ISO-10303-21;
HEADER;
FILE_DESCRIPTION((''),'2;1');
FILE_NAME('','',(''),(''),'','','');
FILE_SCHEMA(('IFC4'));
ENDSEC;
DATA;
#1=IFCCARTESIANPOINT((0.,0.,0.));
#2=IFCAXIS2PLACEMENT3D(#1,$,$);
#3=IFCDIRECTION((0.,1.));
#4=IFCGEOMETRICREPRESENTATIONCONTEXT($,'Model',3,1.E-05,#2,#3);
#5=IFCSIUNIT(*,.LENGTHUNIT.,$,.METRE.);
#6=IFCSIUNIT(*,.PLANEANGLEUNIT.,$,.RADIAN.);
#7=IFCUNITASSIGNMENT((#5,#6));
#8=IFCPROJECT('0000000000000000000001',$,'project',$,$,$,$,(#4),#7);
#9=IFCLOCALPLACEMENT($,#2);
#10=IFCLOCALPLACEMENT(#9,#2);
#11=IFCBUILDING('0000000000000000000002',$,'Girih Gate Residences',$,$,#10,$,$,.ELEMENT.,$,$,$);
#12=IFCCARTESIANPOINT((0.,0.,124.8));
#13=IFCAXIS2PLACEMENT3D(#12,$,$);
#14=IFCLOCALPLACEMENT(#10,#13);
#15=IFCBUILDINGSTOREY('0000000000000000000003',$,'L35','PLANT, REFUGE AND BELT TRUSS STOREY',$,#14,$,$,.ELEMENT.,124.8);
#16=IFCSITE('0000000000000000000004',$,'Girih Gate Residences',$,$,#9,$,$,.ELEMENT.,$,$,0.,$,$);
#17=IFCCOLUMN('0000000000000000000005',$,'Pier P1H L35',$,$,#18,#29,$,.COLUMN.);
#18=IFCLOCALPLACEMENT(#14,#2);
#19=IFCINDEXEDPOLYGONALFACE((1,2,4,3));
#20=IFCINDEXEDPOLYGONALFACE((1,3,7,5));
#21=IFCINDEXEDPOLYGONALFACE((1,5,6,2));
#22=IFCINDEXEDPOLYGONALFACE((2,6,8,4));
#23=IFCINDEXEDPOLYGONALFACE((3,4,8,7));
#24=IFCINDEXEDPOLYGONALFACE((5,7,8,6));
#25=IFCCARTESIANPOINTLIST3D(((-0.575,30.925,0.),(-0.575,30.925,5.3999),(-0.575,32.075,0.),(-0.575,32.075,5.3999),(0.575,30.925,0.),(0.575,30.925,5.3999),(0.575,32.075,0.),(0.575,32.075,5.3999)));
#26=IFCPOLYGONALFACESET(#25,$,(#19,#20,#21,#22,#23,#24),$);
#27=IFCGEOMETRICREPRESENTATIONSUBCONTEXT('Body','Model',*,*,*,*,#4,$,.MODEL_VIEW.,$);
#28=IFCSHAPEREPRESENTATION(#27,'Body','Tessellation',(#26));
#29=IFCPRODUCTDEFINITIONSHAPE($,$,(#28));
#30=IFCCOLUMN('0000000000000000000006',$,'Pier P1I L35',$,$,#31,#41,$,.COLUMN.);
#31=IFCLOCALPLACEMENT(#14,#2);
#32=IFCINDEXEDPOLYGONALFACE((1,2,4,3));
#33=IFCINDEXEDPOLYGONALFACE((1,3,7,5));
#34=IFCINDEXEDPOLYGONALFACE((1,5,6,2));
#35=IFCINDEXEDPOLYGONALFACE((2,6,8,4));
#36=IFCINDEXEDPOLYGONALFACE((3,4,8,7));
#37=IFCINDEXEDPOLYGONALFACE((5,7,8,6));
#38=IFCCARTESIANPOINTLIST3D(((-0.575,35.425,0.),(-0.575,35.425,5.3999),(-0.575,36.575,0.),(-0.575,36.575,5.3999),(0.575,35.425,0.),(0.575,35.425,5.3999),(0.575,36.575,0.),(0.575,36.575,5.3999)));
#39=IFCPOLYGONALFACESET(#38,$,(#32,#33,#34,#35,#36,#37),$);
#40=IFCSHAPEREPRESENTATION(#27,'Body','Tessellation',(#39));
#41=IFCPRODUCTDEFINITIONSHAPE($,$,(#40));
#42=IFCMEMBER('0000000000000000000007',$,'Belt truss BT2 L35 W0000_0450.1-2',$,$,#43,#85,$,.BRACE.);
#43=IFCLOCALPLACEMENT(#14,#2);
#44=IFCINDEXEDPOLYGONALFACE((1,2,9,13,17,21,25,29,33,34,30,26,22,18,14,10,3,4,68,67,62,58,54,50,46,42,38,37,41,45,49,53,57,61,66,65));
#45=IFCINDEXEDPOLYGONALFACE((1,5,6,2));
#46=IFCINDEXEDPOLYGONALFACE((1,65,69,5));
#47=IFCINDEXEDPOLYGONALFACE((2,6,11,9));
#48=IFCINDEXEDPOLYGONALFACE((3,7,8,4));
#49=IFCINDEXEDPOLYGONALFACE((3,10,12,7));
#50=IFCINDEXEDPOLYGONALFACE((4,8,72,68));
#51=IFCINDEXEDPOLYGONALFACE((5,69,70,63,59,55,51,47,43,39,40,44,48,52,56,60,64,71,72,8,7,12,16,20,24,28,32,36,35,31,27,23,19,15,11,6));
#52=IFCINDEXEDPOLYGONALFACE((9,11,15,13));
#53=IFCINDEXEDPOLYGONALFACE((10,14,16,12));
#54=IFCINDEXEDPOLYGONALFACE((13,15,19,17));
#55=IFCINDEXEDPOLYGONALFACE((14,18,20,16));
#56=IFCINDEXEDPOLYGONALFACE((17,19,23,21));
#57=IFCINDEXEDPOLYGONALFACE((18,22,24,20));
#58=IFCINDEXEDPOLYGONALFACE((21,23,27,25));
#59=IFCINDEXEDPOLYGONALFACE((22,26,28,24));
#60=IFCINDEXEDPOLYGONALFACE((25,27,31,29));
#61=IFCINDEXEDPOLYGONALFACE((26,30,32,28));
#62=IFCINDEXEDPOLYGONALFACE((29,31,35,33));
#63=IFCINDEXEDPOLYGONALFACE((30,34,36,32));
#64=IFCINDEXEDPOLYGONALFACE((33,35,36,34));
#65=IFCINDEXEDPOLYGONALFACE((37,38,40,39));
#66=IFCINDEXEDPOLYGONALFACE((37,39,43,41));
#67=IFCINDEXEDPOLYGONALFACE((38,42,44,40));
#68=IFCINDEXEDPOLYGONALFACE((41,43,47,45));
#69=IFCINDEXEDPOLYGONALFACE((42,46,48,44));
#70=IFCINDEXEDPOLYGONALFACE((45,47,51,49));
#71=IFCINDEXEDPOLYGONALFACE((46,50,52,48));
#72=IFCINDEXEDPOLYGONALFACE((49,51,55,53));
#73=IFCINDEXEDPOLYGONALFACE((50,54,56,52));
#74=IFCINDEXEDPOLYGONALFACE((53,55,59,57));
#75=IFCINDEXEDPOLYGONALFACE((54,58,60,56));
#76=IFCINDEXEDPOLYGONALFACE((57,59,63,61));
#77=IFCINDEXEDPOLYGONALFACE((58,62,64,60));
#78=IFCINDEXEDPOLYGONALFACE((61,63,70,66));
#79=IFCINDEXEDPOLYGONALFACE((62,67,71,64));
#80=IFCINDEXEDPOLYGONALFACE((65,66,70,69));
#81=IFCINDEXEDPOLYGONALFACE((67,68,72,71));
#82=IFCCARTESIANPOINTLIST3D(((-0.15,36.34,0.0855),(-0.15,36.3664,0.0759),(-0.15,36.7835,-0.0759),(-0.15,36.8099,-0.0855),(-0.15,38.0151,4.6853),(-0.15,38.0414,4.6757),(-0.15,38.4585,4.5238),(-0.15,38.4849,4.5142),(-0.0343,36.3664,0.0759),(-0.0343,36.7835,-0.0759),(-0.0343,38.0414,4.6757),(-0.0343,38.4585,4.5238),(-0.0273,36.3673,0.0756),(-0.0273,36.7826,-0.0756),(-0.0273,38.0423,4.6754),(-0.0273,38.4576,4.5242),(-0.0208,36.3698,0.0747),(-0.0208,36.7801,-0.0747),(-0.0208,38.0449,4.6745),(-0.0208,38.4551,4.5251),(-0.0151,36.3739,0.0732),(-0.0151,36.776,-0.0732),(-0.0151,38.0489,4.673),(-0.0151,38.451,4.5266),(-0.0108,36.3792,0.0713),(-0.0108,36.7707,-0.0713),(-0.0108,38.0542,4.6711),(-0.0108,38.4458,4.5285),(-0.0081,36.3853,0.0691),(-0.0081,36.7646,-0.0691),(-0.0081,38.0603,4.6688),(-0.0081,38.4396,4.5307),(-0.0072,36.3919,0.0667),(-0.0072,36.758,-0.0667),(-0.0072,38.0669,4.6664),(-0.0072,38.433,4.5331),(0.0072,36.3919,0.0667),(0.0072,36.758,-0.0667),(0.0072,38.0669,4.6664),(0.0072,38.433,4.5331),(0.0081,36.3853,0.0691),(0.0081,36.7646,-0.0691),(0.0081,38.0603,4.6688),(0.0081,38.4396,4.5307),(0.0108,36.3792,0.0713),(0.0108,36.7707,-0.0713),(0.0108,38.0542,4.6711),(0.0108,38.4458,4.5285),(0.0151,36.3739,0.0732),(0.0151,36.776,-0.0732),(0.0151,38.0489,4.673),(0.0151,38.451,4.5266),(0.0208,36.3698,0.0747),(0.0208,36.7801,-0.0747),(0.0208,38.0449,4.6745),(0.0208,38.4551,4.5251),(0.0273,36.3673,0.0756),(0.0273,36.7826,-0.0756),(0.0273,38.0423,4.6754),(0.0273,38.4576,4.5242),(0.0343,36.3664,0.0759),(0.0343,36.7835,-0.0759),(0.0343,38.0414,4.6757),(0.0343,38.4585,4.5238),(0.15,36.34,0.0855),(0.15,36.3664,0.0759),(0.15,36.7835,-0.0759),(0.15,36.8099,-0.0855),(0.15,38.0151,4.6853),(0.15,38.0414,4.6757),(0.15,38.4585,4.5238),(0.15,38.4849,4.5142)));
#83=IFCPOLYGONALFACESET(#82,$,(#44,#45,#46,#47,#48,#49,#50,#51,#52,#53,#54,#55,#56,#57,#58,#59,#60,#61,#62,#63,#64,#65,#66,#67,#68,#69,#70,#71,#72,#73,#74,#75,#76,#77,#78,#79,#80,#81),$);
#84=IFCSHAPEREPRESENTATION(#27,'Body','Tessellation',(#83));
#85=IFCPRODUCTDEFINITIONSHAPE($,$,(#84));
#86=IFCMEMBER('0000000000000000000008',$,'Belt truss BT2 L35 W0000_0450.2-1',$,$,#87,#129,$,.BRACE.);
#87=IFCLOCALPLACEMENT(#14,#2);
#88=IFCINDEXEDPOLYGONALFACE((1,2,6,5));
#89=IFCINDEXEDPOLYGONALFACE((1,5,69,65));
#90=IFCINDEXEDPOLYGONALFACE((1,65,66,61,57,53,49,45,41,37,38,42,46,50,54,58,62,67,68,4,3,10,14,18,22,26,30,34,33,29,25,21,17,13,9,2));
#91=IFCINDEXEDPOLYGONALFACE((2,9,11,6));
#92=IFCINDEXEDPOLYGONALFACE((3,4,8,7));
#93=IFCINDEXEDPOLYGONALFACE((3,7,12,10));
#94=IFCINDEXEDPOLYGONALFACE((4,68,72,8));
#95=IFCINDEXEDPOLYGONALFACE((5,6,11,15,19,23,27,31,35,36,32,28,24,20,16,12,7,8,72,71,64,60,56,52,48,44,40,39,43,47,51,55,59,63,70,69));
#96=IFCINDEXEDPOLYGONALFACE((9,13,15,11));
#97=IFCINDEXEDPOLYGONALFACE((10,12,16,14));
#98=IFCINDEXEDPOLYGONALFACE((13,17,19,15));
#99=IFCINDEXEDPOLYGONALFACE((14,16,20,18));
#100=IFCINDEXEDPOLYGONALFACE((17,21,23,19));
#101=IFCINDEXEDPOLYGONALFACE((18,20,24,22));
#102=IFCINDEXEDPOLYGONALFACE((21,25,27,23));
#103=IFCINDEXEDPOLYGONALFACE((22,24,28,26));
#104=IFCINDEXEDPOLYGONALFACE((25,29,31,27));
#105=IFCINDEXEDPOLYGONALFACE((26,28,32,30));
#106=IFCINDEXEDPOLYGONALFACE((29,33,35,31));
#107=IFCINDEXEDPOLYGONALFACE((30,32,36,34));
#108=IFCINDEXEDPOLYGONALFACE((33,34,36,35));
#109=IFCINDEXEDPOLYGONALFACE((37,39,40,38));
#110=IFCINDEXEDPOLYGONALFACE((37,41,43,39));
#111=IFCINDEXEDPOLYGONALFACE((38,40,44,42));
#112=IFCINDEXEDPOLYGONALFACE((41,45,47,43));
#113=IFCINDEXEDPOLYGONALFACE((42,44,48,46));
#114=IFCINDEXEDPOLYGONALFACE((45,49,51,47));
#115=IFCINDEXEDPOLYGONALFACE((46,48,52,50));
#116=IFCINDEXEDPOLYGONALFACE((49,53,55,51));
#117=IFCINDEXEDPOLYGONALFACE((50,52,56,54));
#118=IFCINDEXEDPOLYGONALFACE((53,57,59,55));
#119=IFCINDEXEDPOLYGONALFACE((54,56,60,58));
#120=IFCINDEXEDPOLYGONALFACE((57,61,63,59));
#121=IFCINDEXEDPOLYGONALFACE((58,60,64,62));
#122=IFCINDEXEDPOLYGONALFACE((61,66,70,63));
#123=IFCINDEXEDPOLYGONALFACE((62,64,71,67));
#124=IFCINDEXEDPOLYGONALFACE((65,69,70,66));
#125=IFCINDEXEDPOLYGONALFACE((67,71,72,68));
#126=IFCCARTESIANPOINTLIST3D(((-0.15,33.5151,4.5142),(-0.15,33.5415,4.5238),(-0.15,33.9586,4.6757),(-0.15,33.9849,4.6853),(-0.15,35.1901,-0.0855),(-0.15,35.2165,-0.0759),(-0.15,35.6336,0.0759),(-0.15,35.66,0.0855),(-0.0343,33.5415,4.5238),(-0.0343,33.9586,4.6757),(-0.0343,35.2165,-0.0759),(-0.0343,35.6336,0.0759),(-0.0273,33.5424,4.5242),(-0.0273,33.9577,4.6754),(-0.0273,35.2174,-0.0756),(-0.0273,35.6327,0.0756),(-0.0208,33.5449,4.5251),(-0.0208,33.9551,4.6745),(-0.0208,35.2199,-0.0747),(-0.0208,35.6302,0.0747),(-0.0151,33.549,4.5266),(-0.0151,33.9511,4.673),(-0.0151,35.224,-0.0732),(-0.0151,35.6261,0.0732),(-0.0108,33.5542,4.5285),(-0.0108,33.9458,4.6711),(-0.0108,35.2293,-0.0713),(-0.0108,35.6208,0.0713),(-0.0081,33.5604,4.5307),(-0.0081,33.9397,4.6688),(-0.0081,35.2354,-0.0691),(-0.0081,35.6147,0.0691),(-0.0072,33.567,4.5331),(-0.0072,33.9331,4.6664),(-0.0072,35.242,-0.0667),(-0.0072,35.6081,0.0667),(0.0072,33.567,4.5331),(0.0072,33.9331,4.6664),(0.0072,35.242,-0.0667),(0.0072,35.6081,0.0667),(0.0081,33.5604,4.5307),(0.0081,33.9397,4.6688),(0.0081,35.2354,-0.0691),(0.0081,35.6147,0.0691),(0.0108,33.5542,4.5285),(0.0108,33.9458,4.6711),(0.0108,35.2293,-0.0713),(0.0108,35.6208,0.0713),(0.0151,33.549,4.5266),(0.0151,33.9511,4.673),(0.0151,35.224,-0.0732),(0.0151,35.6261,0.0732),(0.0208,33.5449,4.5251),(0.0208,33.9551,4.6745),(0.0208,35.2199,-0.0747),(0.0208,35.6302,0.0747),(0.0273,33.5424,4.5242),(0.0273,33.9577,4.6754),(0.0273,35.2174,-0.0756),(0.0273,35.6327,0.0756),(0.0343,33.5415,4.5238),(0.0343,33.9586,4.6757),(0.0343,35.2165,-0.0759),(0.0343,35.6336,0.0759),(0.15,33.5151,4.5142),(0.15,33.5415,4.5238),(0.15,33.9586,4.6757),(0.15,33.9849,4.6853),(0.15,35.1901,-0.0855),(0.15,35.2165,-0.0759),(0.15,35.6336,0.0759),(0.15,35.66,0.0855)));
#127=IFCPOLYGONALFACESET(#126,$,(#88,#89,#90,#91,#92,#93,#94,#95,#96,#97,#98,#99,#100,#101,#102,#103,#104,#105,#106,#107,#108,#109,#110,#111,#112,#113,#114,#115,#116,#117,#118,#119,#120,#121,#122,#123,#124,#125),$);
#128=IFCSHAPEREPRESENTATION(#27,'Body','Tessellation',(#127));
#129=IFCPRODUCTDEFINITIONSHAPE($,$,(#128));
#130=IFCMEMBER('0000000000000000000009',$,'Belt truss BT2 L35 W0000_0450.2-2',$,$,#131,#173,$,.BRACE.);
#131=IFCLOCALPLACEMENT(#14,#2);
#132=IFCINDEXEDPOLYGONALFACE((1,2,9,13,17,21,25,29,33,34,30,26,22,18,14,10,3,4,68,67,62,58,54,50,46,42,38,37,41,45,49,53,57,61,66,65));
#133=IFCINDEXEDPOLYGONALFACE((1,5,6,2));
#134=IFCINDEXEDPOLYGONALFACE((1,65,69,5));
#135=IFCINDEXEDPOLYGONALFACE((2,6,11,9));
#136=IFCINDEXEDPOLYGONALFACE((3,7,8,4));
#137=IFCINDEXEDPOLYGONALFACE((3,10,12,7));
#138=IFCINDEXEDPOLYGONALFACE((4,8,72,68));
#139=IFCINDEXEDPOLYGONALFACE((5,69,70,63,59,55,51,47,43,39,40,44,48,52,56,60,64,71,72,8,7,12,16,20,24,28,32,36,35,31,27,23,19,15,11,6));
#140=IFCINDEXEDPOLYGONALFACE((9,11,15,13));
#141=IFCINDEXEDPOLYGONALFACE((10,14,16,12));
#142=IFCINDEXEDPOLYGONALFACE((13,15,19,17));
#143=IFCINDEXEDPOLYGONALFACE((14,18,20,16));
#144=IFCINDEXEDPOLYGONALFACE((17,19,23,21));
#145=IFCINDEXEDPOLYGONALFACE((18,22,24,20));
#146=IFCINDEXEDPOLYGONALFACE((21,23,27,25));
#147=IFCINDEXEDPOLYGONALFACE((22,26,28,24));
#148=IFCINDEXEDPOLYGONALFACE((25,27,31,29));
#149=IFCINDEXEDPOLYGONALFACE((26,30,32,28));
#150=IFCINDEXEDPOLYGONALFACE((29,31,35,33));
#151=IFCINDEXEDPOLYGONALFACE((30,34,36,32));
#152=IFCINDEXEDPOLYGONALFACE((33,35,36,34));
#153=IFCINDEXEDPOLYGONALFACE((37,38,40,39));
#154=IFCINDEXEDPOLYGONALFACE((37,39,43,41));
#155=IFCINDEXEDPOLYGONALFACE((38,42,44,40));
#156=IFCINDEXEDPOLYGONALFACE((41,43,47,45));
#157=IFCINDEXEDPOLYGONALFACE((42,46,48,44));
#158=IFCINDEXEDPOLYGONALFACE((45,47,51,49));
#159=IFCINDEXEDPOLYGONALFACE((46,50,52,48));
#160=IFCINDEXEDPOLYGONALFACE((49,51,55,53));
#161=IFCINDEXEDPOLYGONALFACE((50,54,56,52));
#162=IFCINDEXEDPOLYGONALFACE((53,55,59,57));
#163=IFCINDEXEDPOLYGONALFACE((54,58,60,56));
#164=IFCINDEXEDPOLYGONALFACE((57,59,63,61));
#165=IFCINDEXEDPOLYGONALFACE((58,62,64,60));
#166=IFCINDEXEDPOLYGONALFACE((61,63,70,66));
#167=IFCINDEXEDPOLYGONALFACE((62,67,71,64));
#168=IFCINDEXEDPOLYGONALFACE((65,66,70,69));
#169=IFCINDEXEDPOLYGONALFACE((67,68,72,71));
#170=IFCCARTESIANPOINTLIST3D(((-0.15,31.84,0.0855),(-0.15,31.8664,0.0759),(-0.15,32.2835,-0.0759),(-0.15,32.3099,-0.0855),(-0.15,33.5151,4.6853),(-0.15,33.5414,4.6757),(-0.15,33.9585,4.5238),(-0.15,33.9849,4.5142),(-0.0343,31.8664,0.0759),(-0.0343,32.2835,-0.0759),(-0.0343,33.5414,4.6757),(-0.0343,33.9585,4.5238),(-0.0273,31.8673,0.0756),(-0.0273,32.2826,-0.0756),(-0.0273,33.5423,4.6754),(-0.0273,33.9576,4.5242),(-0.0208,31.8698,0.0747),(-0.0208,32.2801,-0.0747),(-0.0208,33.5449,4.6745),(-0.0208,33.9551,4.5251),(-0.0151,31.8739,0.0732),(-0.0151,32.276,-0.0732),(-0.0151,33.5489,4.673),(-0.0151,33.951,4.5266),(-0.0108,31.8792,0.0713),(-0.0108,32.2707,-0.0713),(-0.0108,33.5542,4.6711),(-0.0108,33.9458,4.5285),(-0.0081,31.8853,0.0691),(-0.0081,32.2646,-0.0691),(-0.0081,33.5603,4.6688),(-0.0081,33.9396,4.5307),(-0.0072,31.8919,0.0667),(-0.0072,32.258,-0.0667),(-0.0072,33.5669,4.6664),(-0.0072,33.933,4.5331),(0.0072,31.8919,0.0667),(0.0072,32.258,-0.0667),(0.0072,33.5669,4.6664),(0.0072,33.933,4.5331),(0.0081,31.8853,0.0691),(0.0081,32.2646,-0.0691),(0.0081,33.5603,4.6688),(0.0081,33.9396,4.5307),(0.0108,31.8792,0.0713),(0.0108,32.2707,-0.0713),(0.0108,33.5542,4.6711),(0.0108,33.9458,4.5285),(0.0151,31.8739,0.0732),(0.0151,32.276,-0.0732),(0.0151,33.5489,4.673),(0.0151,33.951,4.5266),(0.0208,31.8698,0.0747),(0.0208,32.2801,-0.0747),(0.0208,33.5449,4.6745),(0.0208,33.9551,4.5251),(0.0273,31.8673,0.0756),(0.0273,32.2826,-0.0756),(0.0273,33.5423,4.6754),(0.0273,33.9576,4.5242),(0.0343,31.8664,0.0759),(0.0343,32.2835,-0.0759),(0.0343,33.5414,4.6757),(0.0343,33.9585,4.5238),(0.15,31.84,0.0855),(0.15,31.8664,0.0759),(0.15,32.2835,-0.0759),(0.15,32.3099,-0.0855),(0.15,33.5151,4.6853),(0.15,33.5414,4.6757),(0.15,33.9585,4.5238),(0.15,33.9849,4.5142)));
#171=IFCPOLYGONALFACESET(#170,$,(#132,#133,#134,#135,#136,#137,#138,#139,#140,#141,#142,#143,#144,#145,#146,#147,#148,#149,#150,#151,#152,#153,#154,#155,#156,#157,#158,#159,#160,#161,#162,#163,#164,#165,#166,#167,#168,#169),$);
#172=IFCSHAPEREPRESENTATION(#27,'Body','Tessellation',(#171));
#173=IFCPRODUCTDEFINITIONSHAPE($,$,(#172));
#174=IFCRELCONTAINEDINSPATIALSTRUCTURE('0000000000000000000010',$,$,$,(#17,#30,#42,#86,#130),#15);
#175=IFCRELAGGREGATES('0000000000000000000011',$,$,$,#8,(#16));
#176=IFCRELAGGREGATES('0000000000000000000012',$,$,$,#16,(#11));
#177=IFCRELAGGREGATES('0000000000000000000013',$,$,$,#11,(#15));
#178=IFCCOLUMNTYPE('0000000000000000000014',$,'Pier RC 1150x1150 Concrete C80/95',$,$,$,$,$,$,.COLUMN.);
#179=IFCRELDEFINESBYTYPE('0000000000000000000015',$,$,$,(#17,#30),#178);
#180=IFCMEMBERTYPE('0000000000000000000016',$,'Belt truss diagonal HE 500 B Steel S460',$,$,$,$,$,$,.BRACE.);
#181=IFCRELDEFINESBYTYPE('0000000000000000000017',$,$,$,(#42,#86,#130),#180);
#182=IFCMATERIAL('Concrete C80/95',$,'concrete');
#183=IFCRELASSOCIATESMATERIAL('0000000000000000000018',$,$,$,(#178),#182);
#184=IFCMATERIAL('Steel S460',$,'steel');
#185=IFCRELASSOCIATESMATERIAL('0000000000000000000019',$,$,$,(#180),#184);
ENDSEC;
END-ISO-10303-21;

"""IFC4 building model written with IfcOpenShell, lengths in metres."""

from ifc_helpers import new_model, si_unit, direction, frame, origin, origin_2d, place, context, subcontext, project, spatial, rectangle, i_section, extrude, material, material_profile, profile_set, type_object, element, save


model = new_model("IFC4")

# Units and contexts
model_context = context("Model", 3, precision=1e-05, world=origin(), true_north=direction((0.0, 1.0)))
body_context = subcontext(model_context, "Body", "Model", "MODEL_VIEW")
ifc_project = project(units=[si_unit("LENGTHUNIT", "METRE"), si_unit("PLANEANGLEUNIT", "RADIAN")], contexts=[model_context])

# Site, building, storey
site_placement = place(None, origin())
site = spatial("IfcSite", under=ifc_project, at=site_placement, Name="Girih Gate Residences", CompositionType="ELEMENT", RefElevation=0.0)
building_placement = place(site_placement, origin())
building = spatial("IfcBuilding", under=site, at=building_placement, Name="Girih Gate Residences", CompositionType="ELEMENT")
storey_placement = place(building_placement, frame((0.0, 0.0, 124.8)))
storey = spatial("IfcBuildingStorey", under=building, at=storey_placement, Name="L35", Description="PLANT, REFUGE AND BELT TRUSS STOREY", CompositionType="ELEMENT", Elevation=124.8)

# Columns
ifc_material_1 = material(Name="Concrete C80/95", Category="concrete")
ifc_material_profile_1 = material_profile(ifc_material_1, rectangle(XDim=1.1499, YDim=1.1499, at=origin_2d()))
ifc_profile_set_1 = profile_set([ifc_material_profile_1], Name="Concrete C80/95")
column_type = type_object("IfcColumnType", Name="Pier RC 1150x1150 Concrete C80/95", PredefinedType="COLUMN", material=ifc_profile_set_1)
for number, where, z_axis, x_axis, name in (
    (1, (0.0, 31.5, 0.0), (0.0, 0.0, 1.0), (1.0, 0.0, 0.0), "Pier P1H L35"),
    (2, (0.0, 36.0, 0.0), (0.0, 0.0, 1.0), (1.0, 0.0, 0.0), "Pier P1I L35"),
):
    element("IfcColumn", number, at=place(storey_placement, frame(where, z_axis=z_axis, x_axis=x_axis)), inside=storey, type_object=column_type, Name=name, PredefinedType="COLUMN", context=body_context, shape_type="SweptSolid", body=[
        extrude(rectangle(XDim=1.1499, YDim=1.1499, at=origin_2d()), origin(), (0.0, 0.0, 1.0), 5.3999),
    ])

# Members
ifc_material_2 = material(Name="Steel S460", Category="steel")
ifc_material_profile_2 = material_profile(ifc_material_2, i_section(OverallWidth=0.3, OverallDepth=0.5, WebThickness=0.0144, FlangeThickness=0.0281, FilletRadius=0.0271, at=origin_2d()))
ifc_profile_set_2 = profile_set([ifc_material_profile_2], Name="Steel S460")
member_type = type_object("IfcMemberType", Name="Belt truss diagonal HE 500 B Steel S460", PredefinedType="BRACE", material=ifc_profile_set_2)
for number, where, z_axis, x_axis, name in (
    (3, (0.0, 36.575, 0.0), (0.0, 0.342171, 0.939638), (-1.0, 0.0, 0.0), "Belt truss BT2 L35 W0000_0450.1-2"),
    (4, (0.0, 35.425, 0.0), (0.0, -0.342171, 0.939638), (1.0, 0.0, 0.0), "Belt truss BT2 L35 W0000_0450.2-1"),
    (5, (0.0, 32.075, 0.0), (0.0, 0.342171, 0.939638), (-1.0, 0.0, 0.0), "Belt truss BT2 L35 W0000_0450.2-2"),
):
    element("IfcMember", number, at=place(storey_placement, frame(where, z_axis=z_axis, x_axis=x_axis)), inside=storey, type_object=member_type, Name=name, PredefinedType="BRACE", context=body_context, shape_type="SweptSolid", body=[
        extrude(i_section(OverallWidth=0.3, OverallDepth=0.5, WebThickness=0.0144, FlangeThickness=0.0281, FilletRadius=0.0271, at=origin_2d()), origin(), (0.0, 0.0, 1.0), 4.8953),
    ])

save(model, "model.ifc")
